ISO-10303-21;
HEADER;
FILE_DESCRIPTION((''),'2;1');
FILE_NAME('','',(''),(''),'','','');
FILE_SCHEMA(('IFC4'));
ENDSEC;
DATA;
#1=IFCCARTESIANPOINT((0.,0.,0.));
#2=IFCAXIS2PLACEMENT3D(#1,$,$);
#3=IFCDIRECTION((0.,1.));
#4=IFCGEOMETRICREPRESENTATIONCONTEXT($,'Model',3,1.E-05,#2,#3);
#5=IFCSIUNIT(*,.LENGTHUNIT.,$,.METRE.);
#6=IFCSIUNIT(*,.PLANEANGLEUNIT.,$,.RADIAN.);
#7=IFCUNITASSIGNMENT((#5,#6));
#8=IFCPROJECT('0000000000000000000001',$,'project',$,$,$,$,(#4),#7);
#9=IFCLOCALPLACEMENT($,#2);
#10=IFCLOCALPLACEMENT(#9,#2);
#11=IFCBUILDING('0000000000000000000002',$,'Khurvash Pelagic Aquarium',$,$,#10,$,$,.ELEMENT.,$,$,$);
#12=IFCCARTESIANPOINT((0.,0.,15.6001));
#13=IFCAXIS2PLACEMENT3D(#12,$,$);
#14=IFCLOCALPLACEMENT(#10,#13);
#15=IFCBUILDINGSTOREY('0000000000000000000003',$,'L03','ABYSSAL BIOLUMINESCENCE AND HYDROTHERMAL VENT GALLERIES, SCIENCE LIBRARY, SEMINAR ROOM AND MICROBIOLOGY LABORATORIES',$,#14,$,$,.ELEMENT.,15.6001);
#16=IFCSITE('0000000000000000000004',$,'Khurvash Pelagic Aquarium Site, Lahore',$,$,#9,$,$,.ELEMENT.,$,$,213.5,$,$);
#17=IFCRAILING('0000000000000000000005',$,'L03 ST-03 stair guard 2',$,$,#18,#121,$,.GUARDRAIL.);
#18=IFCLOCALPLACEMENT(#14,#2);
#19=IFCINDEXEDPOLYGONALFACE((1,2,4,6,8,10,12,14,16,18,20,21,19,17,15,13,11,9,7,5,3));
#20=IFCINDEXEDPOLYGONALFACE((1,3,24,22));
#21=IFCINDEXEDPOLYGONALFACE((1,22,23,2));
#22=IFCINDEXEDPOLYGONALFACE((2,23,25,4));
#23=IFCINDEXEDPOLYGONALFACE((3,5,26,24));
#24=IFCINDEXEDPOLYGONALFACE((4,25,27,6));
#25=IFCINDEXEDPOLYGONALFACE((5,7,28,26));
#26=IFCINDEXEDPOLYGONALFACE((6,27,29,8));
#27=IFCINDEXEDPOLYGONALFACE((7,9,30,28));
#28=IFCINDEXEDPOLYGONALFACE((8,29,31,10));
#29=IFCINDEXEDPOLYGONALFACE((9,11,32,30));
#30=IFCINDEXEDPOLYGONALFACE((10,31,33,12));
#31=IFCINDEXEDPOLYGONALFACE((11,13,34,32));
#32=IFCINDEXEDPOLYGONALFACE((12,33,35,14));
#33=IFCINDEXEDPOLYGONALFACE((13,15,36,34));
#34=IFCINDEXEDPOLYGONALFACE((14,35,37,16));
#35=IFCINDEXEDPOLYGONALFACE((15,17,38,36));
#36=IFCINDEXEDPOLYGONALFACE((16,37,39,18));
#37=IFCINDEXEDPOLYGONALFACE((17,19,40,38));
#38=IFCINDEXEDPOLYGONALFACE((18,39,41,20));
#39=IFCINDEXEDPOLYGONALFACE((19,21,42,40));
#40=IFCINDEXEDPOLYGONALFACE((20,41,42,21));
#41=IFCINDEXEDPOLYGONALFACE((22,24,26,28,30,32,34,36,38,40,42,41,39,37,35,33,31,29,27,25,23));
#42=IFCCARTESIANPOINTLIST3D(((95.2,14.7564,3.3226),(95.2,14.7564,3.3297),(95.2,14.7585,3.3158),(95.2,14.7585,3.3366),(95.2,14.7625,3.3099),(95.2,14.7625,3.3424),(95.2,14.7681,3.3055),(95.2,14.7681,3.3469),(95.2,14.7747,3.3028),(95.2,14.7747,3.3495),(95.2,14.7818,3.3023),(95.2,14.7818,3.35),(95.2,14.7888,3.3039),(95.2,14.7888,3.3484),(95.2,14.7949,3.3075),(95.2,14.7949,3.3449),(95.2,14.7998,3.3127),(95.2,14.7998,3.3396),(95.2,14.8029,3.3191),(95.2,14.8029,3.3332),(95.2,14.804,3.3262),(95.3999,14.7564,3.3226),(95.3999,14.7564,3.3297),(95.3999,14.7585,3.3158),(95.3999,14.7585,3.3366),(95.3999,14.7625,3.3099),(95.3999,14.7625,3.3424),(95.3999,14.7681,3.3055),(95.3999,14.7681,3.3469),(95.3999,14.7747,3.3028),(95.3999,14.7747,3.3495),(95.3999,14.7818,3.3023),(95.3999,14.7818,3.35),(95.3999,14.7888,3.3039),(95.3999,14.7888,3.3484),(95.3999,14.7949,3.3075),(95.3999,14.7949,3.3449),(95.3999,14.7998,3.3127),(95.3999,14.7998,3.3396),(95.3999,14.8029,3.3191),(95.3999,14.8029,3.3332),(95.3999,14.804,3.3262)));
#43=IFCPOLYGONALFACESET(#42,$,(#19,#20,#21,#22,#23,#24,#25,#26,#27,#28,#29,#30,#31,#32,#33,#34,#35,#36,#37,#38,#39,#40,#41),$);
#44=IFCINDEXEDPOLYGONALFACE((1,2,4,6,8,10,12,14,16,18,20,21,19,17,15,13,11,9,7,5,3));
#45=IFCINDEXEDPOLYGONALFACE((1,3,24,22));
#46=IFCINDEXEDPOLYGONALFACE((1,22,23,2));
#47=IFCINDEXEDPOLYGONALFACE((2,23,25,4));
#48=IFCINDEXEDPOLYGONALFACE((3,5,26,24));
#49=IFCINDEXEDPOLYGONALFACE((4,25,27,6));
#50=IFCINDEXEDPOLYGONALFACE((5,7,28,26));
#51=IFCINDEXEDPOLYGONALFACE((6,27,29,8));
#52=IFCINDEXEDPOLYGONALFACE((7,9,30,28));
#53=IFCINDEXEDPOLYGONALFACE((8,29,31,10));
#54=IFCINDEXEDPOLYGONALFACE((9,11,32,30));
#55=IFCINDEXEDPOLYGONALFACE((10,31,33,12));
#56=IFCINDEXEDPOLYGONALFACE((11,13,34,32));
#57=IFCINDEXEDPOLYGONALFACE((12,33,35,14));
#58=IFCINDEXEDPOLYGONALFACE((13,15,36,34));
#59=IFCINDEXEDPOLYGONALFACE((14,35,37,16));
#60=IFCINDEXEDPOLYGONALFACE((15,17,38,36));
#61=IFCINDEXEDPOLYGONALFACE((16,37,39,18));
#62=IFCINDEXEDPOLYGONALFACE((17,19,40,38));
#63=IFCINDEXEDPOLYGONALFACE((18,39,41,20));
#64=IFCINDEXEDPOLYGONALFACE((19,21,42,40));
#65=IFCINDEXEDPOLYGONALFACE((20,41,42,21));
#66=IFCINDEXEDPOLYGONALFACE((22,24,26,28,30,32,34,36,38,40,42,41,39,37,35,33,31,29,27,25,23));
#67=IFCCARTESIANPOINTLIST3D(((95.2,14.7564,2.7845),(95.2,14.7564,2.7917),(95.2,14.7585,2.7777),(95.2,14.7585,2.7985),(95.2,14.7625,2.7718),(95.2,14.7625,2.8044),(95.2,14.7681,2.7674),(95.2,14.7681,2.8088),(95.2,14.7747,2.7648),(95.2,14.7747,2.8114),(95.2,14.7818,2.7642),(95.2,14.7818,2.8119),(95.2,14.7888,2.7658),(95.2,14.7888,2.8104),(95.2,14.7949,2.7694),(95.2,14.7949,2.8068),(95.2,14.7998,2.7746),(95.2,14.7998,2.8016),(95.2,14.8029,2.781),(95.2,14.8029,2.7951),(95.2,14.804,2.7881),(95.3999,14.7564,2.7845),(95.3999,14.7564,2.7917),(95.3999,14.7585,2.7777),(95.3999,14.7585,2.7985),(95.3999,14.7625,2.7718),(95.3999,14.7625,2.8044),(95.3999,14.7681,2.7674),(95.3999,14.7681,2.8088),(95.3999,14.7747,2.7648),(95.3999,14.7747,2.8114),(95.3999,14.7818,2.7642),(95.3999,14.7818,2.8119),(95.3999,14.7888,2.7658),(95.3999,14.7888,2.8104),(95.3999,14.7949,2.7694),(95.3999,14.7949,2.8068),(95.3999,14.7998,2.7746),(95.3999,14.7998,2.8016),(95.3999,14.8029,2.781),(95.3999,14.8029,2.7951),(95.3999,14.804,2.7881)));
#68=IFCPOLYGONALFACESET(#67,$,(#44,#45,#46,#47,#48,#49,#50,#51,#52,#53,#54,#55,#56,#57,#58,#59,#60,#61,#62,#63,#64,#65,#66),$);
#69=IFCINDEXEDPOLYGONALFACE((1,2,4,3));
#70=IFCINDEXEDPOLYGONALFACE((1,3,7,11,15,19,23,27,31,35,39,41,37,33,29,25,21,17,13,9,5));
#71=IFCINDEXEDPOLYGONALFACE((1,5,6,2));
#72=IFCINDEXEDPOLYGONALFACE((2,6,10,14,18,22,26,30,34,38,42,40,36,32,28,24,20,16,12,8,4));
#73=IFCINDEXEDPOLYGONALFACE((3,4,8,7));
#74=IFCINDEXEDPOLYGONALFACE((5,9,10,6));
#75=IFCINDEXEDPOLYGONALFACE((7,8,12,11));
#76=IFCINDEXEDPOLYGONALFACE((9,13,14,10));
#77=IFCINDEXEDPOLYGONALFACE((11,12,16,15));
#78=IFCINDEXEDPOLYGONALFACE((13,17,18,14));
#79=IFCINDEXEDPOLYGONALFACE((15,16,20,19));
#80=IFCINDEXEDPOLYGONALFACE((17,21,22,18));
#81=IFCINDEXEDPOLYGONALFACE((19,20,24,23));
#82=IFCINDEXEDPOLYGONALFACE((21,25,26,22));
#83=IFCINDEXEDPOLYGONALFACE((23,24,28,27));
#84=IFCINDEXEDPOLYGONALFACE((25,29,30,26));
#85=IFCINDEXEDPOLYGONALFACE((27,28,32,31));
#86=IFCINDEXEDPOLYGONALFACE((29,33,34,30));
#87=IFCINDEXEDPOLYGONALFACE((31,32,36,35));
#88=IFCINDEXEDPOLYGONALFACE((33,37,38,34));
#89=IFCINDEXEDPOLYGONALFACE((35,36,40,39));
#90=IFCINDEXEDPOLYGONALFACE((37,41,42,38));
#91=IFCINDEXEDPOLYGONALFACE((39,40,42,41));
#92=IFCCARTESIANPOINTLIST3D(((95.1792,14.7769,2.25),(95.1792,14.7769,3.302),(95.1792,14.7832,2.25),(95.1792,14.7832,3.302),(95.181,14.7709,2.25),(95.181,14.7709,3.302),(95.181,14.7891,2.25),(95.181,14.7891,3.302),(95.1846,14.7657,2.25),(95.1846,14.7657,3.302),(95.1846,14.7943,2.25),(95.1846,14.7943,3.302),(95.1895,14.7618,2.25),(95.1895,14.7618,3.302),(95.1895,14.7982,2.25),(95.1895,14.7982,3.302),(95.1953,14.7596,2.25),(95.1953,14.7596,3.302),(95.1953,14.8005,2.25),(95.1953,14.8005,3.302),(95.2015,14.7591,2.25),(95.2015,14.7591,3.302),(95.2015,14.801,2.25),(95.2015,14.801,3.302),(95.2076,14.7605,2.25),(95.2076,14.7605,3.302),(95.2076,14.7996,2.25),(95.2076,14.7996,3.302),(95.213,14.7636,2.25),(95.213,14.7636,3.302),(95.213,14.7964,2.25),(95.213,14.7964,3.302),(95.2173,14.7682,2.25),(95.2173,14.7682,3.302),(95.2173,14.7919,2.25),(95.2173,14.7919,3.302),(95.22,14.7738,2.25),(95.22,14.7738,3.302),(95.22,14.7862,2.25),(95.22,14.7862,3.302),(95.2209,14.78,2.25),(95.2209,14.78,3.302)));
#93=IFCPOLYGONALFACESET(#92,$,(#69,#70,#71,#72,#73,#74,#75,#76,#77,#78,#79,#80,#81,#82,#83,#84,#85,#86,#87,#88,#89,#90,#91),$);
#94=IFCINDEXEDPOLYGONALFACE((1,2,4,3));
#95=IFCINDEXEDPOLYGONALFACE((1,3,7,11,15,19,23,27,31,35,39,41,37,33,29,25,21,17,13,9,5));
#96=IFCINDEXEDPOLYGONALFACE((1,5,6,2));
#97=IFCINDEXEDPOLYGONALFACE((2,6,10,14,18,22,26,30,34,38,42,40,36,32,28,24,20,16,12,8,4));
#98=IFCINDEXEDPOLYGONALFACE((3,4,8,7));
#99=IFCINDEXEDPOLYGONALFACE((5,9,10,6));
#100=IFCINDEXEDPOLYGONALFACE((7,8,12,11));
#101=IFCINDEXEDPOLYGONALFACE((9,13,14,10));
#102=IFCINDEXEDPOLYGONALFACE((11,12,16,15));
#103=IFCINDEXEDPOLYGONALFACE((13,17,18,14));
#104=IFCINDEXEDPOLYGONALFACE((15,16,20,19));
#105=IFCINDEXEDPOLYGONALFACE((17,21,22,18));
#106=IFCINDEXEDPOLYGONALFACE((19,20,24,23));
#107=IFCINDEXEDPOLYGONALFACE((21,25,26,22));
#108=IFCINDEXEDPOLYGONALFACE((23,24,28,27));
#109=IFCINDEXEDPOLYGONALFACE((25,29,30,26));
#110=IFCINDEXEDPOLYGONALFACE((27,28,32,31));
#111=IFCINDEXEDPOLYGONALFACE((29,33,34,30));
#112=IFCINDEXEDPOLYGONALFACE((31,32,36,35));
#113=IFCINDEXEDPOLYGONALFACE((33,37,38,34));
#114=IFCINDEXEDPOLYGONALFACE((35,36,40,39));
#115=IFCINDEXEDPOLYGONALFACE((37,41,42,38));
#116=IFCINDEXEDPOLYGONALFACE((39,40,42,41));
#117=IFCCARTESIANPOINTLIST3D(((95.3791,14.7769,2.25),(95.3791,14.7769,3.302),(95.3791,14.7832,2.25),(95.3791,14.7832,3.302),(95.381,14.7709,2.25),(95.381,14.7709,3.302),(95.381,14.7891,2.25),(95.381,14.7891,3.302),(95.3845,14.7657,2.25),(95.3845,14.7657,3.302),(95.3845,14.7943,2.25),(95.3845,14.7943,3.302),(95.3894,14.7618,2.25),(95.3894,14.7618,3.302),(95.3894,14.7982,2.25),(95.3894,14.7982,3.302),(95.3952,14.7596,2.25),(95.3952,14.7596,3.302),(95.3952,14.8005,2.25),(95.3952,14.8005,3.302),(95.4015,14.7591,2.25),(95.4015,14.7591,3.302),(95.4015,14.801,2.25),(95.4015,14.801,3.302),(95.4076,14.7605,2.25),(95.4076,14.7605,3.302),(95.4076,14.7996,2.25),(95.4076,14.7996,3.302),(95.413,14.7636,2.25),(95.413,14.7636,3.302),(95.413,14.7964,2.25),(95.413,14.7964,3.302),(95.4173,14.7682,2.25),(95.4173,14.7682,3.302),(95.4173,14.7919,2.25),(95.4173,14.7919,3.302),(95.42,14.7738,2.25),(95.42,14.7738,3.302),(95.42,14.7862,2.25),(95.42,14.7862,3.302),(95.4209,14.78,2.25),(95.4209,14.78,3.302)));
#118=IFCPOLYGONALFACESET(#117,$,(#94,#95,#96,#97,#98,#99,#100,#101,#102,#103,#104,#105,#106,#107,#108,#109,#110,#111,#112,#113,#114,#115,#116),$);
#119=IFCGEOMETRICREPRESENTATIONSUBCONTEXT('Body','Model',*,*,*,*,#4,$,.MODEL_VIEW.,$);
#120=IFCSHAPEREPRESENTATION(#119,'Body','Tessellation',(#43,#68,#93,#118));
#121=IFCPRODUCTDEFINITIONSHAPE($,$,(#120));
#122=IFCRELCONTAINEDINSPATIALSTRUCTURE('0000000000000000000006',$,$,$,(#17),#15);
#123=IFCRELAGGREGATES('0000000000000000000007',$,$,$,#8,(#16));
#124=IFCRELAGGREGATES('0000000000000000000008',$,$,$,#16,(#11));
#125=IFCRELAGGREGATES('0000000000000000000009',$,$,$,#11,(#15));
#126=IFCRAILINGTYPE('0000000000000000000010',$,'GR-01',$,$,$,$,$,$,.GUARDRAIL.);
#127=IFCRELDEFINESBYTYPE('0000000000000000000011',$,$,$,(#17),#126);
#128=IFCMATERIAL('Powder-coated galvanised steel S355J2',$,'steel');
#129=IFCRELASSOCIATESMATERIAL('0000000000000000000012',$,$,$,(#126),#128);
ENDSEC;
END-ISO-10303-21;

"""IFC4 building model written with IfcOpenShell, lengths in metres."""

from ifc_helpers import new_model, si_unit, direction, frame, origin, origin_2d, place, context, subcontext, project, spatial, circle, extrude, material, type_object, element, save


model = new_model("IFC4")

# Units and contexts
model_context = context("Model", 3, precision=1e-05, world=origin(), true_north=direction((0.0, 1.0)))
body_context = subcontext(model_context, "Body", "Model", "MODEL_VIEW")
ifc_project = project(units=[si_unit("LENGTHUNIT", "METRE"), si_unit("PLANEANGLEUNIT", "RADIAN")], contexts=[model_context])

# Site, building, storey
site_placement = place(None, origin())
site = spatial("IfcSite", under=ifc_project, at=site_placement, Name="Khurvash Pelagic Aquarium Site, Lahore", CompositionType="ELEMENT", RefElevation=213.5)
building_placement = place(site_placement, origin())
building = spatial("IfcBuilding", under=site, at=building_placement, Name="Khurvash Pelagic Aquarium", CompositionType="ELEMENT")
storey_placement = place(building_placement, frame((0.0, 0.0, 15.6001)))
storey = spatial("IfcBuildingStorey", under=building, at=storey_placement, Name="L03", Description="ABYSSAL BIOLUMINESCENCE AND HYDROTHERMAL VENT GALLERIES, SCIENCE LIBRARY, SEMINAR ROOM AND MICROBIOLOGY LABORATORIES", CompositionType="ELEMENT", Elevation=15.6001)

# Railing
ifc_material_1 = material(Name="Powder-coated galvanised steel S355J2", Category="steel")
railing_type_1 = type_object("IfcRailingType", Name="GR-01", PredefinedType="GUARDRAIL", material=ifc_material_1)
railing_1_placement = place(storey_placement, frame((95.2, 14.78, 2.25)))
element("IfcRailing", 1, at=railing_1_placement, inside=storey, type_object=railing_type_1, Name="L03 ST-03 stair guard 2", PredefinedType="GUARDRAIL", context=body_context, shape_type="SweptSolid", body=[
    extrude(circle(Radius=0.0239, at=origin_2d()), frame((0.0, 0.0, 1.0762), z_axis=(1.0, 0.0, 0.0), x_axis=(0.0, 1.0, 0.0)), (0.0, 0.0, 1.0), 0.2),
    extrude(circle(Radius=0.0239, at=origin_2d()), frame((0.0, 0.0, 0.5381), z_axis=(1.0, 0.0, 0.0), x_axis=(0.0, 1.0, 0.0)), (0.0, 0.0, 1.0), 0.2),
    extrude(circle(Radius=0.021, at=origin_2d()), origin(), (0.0, 0.0, 1.0), 1.052),
    extrude(circle(Radius=0.021, at=origin_2d()), frame((0.2, 0.0, 0.0)), (0.0, 0.0, 1.0), 1.052),
])

save(model, "model.ifc")
